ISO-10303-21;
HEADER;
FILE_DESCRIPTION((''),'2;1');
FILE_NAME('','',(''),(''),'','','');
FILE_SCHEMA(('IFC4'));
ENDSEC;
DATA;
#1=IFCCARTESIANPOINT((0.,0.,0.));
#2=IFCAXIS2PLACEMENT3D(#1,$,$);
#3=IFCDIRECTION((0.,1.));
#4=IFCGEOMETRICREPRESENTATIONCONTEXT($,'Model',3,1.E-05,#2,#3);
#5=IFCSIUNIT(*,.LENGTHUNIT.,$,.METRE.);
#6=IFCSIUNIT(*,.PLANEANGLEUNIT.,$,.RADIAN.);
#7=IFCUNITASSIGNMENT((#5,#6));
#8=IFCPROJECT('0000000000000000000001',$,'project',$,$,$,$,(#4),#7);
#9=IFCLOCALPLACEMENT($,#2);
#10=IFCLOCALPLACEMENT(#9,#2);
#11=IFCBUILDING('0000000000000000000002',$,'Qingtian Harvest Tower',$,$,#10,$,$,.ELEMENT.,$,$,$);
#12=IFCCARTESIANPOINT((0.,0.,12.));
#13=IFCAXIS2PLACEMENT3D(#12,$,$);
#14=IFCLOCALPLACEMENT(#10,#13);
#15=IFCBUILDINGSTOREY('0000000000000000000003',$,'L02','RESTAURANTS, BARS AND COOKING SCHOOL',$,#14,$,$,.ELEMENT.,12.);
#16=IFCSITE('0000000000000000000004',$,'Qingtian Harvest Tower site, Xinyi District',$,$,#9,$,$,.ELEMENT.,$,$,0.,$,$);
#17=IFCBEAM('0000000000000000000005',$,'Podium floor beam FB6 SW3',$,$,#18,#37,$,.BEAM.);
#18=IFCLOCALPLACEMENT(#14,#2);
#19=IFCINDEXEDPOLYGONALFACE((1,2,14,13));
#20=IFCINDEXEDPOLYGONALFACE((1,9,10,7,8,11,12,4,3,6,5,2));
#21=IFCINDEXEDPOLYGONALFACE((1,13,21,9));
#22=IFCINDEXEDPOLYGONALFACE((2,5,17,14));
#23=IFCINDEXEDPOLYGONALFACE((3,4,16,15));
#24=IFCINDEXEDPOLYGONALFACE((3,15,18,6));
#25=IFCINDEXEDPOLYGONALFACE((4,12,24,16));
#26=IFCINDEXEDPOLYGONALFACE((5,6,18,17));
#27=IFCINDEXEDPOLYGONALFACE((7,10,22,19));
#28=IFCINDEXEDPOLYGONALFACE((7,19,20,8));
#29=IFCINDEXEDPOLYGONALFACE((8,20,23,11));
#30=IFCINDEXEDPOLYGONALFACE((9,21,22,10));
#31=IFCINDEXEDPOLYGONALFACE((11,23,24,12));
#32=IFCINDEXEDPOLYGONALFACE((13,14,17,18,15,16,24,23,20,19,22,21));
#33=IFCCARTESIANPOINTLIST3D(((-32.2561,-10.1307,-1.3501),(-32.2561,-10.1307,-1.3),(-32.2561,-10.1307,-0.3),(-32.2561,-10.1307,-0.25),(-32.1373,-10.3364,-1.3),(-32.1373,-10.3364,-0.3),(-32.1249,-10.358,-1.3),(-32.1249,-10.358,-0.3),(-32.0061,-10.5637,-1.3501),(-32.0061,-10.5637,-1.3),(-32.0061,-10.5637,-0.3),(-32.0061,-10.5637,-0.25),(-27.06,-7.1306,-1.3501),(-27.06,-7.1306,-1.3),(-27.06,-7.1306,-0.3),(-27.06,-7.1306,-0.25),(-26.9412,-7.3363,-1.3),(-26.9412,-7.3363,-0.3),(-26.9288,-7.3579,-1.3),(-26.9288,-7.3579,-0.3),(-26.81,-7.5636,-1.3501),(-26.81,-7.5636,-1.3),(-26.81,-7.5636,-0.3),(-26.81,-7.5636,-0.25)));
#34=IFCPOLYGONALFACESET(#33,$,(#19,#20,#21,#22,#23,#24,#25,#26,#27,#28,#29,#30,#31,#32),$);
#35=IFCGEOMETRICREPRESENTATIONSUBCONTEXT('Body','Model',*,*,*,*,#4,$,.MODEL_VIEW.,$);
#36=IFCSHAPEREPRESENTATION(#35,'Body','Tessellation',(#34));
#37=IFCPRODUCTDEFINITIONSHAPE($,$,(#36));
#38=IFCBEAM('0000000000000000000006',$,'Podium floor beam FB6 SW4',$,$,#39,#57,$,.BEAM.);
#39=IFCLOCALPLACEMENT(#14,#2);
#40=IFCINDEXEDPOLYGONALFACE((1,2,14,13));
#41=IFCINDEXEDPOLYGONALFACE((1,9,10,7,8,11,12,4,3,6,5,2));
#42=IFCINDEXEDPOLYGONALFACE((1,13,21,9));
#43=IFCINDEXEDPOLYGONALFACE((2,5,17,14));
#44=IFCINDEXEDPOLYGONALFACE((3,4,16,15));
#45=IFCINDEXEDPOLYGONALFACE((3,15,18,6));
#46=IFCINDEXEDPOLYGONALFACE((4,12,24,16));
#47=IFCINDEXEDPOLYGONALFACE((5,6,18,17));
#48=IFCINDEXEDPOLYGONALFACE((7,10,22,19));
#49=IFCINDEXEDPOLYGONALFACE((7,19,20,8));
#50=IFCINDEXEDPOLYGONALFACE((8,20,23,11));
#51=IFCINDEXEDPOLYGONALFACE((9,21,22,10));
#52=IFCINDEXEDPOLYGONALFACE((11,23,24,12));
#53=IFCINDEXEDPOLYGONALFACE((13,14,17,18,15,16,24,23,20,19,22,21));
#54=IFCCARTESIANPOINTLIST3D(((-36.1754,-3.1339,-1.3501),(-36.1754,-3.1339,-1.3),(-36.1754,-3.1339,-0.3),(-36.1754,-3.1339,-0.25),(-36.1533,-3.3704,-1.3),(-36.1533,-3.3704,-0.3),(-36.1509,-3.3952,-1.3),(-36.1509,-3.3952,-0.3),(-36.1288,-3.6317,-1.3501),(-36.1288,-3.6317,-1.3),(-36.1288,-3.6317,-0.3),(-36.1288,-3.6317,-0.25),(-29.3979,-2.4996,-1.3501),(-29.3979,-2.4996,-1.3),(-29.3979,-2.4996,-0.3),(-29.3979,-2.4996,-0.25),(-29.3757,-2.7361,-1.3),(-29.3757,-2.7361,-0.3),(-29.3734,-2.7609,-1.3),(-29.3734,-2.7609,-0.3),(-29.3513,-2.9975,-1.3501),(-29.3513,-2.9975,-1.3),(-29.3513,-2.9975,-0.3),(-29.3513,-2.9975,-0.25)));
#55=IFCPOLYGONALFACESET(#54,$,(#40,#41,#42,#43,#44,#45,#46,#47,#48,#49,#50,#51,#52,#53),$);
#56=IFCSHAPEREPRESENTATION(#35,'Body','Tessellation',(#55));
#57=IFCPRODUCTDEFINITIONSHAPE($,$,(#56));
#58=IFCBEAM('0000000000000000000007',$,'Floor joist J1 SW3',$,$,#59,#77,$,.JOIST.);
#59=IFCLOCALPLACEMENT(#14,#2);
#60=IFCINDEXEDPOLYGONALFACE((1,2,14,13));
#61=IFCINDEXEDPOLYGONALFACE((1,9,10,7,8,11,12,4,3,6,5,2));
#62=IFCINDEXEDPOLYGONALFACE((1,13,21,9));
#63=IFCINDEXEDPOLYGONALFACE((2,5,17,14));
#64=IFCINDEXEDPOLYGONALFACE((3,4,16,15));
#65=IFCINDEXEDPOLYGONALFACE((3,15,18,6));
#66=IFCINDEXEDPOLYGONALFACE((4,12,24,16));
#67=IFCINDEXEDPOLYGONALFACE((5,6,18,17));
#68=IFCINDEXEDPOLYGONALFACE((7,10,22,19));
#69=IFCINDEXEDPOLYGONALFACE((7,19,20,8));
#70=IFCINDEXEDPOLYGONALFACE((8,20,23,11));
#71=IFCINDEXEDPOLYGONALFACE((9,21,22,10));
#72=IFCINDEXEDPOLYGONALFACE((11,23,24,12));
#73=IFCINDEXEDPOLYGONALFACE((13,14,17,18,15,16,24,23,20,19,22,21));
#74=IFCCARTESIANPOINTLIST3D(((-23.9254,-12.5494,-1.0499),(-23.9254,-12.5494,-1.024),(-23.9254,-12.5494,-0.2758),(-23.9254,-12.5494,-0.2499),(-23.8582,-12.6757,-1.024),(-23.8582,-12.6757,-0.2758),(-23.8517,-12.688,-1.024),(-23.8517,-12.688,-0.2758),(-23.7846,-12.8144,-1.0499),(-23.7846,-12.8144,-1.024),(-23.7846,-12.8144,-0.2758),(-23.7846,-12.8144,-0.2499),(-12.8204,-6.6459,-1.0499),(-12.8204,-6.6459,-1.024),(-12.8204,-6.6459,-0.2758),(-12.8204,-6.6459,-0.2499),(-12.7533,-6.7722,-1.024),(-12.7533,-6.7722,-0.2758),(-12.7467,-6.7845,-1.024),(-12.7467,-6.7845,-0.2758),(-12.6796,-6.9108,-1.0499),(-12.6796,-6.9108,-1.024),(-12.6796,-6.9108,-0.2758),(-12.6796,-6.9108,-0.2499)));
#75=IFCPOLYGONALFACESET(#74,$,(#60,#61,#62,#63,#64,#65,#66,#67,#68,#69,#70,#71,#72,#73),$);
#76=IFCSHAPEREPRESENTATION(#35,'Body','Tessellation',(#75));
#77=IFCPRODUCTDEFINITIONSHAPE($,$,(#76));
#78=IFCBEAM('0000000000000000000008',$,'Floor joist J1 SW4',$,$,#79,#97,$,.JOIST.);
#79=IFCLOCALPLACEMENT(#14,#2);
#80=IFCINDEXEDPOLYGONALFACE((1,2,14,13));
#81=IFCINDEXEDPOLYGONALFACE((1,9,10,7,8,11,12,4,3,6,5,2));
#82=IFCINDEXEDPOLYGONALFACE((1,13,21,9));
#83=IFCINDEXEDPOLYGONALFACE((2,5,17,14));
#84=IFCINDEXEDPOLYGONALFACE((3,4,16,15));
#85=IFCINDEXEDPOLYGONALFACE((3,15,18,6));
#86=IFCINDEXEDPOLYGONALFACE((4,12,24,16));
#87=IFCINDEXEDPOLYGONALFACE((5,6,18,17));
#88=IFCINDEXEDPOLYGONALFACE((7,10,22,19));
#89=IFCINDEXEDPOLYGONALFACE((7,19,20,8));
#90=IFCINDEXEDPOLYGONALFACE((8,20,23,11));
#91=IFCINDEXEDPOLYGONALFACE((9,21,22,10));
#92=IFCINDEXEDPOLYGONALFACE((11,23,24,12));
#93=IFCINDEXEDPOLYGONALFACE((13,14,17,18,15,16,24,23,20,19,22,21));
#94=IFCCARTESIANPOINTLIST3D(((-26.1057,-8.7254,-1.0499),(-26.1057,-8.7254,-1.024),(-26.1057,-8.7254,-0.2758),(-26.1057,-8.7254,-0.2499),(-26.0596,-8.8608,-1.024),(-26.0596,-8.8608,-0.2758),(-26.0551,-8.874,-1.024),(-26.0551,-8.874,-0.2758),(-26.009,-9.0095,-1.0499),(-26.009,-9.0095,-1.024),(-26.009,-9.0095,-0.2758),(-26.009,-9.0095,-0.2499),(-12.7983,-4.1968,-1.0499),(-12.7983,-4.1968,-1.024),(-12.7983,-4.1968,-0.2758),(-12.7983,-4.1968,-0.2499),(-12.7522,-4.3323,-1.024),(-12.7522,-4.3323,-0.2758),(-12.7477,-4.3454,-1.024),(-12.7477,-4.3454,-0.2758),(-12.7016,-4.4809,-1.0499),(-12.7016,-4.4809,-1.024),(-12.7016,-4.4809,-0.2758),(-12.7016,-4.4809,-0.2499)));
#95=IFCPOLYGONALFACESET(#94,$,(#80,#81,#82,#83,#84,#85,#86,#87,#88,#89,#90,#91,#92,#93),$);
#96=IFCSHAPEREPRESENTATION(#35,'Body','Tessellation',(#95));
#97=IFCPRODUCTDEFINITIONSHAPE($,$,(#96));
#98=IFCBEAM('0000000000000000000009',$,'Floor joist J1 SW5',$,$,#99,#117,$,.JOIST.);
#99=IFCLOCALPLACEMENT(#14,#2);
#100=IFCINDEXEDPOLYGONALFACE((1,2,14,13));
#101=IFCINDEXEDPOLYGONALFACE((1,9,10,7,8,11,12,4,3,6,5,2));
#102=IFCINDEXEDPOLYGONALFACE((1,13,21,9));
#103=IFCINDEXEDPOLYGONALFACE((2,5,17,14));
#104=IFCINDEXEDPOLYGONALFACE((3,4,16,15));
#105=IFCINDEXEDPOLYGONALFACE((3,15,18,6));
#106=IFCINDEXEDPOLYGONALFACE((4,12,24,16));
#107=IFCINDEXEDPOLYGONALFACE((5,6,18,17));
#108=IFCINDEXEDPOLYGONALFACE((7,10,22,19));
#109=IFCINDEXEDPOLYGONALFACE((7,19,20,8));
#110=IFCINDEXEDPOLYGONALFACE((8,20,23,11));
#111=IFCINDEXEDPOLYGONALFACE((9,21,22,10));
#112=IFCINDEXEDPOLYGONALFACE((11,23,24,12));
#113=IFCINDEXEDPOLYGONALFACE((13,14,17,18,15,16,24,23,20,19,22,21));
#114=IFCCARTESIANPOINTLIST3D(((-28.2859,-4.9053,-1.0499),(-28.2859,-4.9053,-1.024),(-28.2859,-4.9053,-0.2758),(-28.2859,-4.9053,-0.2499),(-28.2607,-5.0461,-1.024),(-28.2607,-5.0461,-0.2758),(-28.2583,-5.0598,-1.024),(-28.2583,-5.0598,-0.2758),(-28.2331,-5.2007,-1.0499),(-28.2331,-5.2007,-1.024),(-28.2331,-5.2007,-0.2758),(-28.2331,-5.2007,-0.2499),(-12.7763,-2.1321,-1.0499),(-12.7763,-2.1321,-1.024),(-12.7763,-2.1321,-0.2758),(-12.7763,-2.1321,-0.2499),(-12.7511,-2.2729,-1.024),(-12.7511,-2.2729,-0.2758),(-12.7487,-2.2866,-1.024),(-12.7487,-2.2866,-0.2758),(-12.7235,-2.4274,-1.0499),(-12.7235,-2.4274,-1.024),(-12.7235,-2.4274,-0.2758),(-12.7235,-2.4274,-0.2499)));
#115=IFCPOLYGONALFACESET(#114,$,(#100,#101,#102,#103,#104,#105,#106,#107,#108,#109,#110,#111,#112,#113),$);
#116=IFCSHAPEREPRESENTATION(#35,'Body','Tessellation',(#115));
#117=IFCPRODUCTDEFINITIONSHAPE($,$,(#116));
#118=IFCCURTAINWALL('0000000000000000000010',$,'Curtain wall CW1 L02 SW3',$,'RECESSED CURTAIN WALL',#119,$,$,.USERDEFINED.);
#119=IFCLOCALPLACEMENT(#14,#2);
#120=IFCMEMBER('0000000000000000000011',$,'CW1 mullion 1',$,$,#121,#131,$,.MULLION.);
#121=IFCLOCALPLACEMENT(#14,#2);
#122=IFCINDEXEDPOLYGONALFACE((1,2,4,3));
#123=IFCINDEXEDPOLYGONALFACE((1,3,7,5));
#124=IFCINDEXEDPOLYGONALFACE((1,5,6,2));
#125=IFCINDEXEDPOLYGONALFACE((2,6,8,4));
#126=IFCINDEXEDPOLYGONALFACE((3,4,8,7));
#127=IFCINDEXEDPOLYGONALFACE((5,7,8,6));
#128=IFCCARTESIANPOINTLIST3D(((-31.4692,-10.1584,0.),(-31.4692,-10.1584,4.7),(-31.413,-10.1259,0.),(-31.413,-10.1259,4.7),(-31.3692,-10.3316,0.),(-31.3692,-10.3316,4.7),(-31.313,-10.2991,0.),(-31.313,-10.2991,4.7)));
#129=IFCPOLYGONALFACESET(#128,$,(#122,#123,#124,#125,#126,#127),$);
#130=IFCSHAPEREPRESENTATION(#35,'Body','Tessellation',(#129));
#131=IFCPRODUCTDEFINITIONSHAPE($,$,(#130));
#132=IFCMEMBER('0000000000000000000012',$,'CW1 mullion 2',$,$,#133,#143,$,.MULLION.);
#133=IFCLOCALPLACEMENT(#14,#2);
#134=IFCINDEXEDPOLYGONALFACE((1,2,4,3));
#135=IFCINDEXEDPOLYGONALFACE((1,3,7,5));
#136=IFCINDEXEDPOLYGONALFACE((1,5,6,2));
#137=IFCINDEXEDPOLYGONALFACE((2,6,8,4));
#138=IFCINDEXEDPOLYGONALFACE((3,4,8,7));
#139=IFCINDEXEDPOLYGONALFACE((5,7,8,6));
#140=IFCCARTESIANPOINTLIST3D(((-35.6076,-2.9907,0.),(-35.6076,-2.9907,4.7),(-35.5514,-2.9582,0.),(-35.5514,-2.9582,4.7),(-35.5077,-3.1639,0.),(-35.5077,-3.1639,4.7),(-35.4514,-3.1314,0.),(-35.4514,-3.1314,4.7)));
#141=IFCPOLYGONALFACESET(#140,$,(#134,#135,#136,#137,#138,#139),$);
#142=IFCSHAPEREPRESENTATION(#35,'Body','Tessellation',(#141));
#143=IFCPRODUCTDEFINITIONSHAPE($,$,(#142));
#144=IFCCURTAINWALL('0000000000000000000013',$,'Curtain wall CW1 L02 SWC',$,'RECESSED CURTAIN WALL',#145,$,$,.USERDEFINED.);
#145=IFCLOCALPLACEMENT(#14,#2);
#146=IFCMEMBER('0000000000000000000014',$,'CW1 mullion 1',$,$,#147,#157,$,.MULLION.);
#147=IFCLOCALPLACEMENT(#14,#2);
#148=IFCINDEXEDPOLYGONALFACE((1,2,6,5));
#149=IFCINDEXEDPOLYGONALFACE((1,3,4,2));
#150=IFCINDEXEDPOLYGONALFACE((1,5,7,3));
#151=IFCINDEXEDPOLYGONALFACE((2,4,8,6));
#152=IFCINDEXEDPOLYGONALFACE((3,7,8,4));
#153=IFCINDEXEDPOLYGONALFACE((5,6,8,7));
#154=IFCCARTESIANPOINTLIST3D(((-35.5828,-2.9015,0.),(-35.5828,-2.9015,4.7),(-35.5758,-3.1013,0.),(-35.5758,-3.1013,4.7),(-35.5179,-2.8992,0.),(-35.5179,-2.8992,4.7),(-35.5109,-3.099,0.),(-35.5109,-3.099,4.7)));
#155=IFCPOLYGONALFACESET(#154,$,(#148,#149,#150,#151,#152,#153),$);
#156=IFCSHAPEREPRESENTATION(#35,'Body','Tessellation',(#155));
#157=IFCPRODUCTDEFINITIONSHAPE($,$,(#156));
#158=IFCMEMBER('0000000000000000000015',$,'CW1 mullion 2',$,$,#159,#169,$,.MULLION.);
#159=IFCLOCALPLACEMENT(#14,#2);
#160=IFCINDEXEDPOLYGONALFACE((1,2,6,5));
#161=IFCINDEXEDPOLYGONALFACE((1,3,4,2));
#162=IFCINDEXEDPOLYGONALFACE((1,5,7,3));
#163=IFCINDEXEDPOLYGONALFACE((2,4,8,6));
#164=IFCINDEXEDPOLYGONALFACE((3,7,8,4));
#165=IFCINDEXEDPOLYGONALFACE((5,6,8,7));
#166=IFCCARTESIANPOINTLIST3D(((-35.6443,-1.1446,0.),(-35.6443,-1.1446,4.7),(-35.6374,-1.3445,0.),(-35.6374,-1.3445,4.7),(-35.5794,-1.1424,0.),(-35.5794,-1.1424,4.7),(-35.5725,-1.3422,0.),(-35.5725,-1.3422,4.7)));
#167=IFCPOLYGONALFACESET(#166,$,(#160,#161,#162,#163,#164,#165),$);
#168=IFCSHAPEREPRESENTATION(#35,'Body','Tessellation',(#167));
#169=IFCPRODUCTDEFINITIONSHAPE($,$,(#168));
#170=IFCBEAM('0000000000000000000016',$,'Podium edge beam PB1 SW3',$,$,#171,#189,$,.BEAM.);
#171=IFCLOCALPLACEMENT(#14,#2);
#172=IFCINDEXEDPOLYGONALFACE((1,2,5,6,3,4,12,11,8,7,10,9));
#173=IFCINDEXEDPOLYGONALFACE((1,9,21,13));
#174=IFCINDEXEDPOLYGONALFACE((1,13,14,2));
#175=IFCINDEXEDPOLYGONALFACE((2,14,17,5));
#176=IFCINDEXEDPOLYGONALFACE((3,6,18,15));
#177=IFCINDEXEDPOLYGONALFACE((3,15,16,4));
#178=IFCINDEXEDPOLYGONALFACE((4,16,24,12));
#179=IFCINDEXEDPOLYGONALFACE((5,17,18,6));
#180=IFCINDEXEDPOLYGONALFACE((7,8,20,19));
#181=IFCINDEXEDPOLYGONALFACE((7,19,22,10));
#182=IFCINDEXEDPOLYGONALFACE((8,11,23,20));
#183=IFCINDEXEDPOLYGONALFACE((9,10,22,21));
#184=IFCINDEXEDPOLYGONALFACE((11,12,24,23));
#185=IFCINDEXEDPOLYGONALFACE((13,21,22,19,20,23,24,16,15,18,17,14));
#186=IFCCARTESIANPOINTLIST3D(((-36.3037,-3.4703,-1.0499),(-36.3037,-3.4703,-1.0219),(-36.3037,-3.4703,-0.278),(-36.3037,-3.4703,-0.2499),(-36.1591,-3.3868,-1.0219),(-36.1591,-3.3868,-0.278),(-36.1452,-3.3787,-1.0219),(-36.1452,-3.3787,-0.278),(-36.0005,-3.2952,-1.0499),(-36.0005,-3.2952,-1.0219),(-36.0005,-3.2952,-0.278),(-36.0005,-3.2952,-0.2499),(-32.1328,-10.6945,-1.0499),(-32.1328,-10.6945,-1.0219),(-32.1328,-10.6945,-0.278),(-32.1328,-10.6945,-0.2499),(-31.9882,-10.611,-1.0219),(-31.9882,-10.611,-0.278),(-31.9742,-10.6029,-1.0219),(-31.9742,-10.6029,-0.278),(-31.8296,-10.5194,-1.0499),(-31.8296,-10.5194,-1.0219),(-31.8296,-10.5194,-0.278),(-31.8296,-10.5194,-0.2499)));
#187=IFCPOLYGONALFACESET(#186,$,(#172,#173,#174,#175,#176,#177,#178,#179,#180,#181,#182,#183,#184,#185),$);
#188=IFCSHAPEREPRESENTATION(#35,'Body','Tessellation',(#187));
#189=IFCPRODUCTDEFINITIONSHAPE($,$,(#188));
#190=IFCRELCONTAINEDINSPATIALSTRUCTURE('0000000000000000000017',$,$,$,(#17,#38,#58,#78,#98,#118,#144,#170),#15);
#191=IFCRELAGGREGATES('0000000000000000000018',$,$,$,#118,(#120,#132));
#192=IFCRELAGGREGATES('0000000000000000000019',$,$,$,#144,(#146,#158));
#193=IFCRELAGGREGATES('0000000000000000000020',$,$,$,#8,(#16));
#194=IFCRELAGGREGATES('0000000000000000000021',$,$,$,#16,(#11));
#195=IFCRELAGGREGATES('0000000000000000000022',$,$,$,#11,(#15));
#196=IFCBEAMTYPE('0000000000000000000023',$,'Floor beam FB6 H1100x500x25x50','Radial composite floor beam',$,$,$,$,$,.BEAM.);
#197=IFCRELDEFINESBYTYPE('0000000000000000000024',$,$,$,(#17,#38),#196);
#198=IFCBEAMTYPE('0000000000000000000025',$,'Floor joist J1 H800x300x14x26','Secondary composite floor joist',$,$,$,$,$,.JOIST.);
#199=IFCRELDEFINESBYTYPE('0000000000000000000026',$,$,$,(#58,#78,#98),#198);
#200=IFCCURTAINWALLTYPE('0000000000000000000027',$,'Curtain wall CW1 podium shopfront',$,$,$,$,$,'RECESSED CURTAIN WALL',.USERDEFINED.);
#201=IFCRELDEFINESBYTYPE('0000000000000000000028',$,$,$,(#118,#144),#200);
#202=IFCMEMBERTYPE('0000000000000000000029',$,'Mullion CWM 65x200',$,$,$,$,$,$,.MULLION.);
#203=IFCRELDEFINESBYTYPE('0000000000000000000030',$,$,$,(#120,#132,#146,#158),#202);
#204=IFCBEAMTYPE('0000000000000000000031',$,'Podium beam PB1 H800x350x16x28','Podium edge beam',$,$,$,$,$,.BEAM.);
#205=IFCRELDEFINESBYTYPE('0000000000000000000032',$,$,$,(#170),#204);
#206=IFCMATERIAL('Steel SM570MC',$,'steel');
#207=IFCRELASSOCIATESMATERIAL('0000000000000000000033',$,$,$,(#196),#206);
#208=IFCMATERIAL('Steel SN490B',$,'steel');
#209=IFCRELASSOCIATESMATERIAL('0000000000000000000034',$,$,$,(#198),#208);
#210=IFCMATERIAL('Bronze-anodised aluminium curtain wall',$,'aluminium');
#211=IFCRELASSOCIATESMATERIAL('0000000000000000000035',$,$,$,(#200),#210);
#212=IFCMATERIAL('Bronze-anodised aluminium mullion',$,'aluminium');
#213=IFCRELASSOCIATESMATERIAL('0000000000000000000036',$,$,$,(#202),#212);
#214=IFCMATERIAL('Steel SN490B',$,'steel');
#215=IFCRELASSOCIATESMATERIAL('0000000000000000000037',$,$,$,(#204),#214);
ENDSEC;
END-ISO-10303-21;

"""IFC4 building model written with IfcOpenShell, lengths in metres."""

from ifc_helpers import new_model, si_unit, direction, frame, origin, origin_2d, place, context, subcontext, project, spatial, rectangle, i_section, extrude, material, material_profile, profile_set, type_object, element, aggregate, save


model = new_model("IFC4")

# Units and contexts
model_context = context("Model", 3, precision=1e-05, world=origin(), true_north=direction((0.0, 1.0)))
body_context = subcontext(model_context, "Body", "Model", "MODEL_VIEW")
ifc_project = project(units=[si_unit("LENGTHUNIT", "METRE"), si_unit("PLANEANGLEUNIT", "RADIAN")], contexts=[model_context])

# Site, building, storey
site_placement = place(None, origin())
site = spatial("IfcSite", under=ifc_project, at=site_placement, Name="Qingtian Harvest Tower site, Xinyi District", CompositionType="ELEMENT", RefElevation=0.0)
building_placement = place(site_placement, origin())
building = spatial("IfcBuilding", under=site, at=building_placement, Name="Qingtian Harvest Tower", CompositionType="ELEMENT")
storey_placement = place(building_placement, frame((0.0, 0.0, 12.0)))
storey = spatial("IfcBuildingStorey", under=building, at=storey_placement, Name="L02", Description="RESTAURANTS, BARS AND COOKING SCHOOL", CompositionType="ELEMENT", Elevation=12.0)

# Beams
ifc_material_1 = material(Name="Steel SM570MC", Category="steel")
ifc_material_profile_1 = material_profile(ifc_material_1, i_section(OverallWidth=0.5, OverallDepth=1.1001, WebThickness=0.0249, FlangeThickness=0.05, at=origin_2d()), Name="H1100x500x25x50")
ifc_profile_set_1 = profile_set([ifc_material_profile_1], Name="Steel SM570MC")
beam_type_1 = type_object("IfcBeamType", Name="Floor beam FB6 H1100x500x25x50", Description="Radial composite floor beam", PredefinedType="BEAM", material=ifc_profile_set_1)
beam_1_placement = place(storey_placement, frame((-32.1311, -10.3472, -0.8), z_axis=(0.866021, 0.500008, 0.0), x_axis=(-0.500008, 0.866021, 0.0)))
element("IfcBeam", 1, at=beam_1_placement, inside=storey, type_object=beam_type_1, Name="Podium floor beam FB6 SW3", PredefinedType="BEAM", context=body_context, shape_type="SweptSolid", body=[
    extrude(i_section(OverallWidth=0.5, OverallDepth=1.1001, WebThickness=0.0249, FlangeThickness=0.05, at=origin_2d()), origin(), (0.0, 0.0, 1.0), 6.0),
])
beam_2_placement = place(storey_placement, frame((-36.1521, -3.3828, -0.8), z_axis=(0.99565, 0.093177, 0.0), x_axis=(-0.093177, 0.99565, 0.0)))
element("IfcBeam", 2, at=beam_2_placement, inside=storey, type_object=beam_type_1, Name="Podium floor beam FB6 SW4", PredefinedType="BEAM", context=body_context, shape_type="SweptSolid", body=[
    extrude(i_section(OverallWidth=0.5, OverallDepth=1.1001, WebThickness=0.0249, FlangeThickness=0.05, at=origin_2d()), origin(), (0.0, 0.0, 1.0), 6.8071),
])
ifc_material_2 = material(Name="Steel SN490B", Category="steel")
ifc_material_profile_2 = material_profile(ifc_material_2, i_section(OverallWidth=0.3, OverallDepth=0.8, WebThickness=0.0139, FlangeThickness=0.0259, at=origin_2d()), Name="H800x300x14x26")
ifc_profile_set_2 = profile_set([ifc_material_profile_2], Name="Steel SN490B")
beam_type_2 = type_object("IfcBeamType", Name="Floor joist J1 H800x300x14x26", Description="Secondary composite floor joist", PredefinedType="JOIST", material=ifc_profile_set_2)
beam_3_placement = place(storey_placement, frame((-23.855, -12.6819, -0.6499), z_axis=(0.882982, 0.469406, 0.0), x_axis=(-0.469406, 0.882982, 0.0)))
element("IfcBeam", 3, at=beam_3_placement, inside=storey, type_object=beam_type_2, Name="Floor joist J1 SW3", PredefinedType="JOIST", context=body_context, shape_type="SweptSolid", body=[
    extrude(i_section(OverallWidth=0.3, OverallDepth=0.8, WebThickness=0.0139, FlangeThickness=0.0259, at=origin_2d()), origin(), (0.0, 0.0, 1.0), 12.5767),
])
beam_4_placement = place(storey_placement, frame((-26.0574, -8.8674, -0.6499), z_axis=(0.946685, 0.322161, 0.0), x_axis=(-0.322161, 0.946685, 0.0)))
element("IfcBeam", 4, at=beam_4_placement, inside=storey, type_object=beam_type_2, Name="Floor joist J1 SW4", PredefinedType="JOIST", context=body_context, shape_type="SweptSolid", body=[
    extrude(i_section(OverallWidth=0.3, OverallDepth=0.8, WebThickness=0.0139, FlangeThickness=0.0259, at=origin_2d()), origin(), (0.0, 0.0, 1.0), 14.0569),
])
beam_5_placement = place(storey_placement, frame((-28.2595, -5.053, -0.6499), z_axis=(0.984388, 0.176014, 0.0), x_axis=(-0.176014, 0.984388, 0.0)))
element("IfcBeam", 5, at=beam_5_placement, inside=storey, type_object=beam_type_2, Name="Floor joist J1 SW5", PredefinedType="JOIST", context=body_context, shape_type="SweptSolid", body=[
    extrude(i_section(OverallWidth=0.3, OverallDepth=0.8, WebThickness=0.0139, FlangeThickness=0.0259, at=origin_2d()), origin(), (0.0, 0.0, 1.0), 15.7556),
])

# Curtain walls, members
ifc_material_3 = material(Name="Bronze-anodised aluminium curtain wall", Category="aluminium")
curtain_wall_type = type_object("IfcCurtainWallType", Name="Curtain wall CW1 podium shopfront", ElementType="RECESSED CURTAIN WALL", PredefinedType="USERDEFINED", material=ifc_material_3)
curtain_wall_1_placement = place(storey_placement, origin())
curtain_wall_1 = element("IfcCurtainWall", 6, at=curtain_wall_1_placement, inside=storey, type_object=curtain_wall_type, Name="Curtain wall CW1 L02 SW3", ObjectType="RECESSED CURTAIN WALL", PredefinedType="USERDEFINED")
ifc_material_4 = material(Name="Bronze-anodised aluminium mullion", Category="aluminium")
ifc_material_profile_3 = material_profile(ifc_material_4, rectangle(XDim=0.0649, YDim=0.2, at=origin_2d()), Name="AL 65x200")
ifc_profile_set_3 = profile_set([ifc_material_profile_3], Name="Bronze-anodised aluminium mullion")
member_type_1 = type_object("IfcMemberType", Name="Mullion CWM 65x200", PredefinedType="MULLION", material=ifc_profile_set_3)
member_1_placement = place(storey_placement, frame((-31.3911, -10.2288, 0.0), z_axis=(0.0, 0.0, 1.0), x_axis=(-0.866025, -0.5, 0.0)))
member_1 = element("IfcMember", 7, at=member_1_placement, type_object=member_type_1, Name="CW1 mullion 1", PredefinedType="MULLION", context=body_context, shape_type="SweptSolid", body=[
    extrude(rectangle(XDim=0.0649, YDim=0.2, at=origin_2d()), origin(), (0.0, 0.0, 1.0), 4.7),
])
member_2_placement = place(storey_placement, frame((-35.5295, -3.061, 0.0), z_axis=(0.0, 0.0, 1.0), x_axis=(-0.866025, -0.5, 0.0)))
member_2 = element("IfcMember", 8, at=member_2_placement, type_object=member_type_1, Name="CW1 mullion 2", PredefinedType="MULLION", context=body_context, shape_type="SweptSolid", body=[
    extrude(rectangle(XDim=0.0649, YDim=0.2, at=origin_2d()), origin(), (0.0, 0.0, 1.0), 4.7),
])
curtain_wall_2_placement = place(storey_placement, origin())
curtain_wall_2 = element("IfcCurtainWall", 9, at=curtain_wall_2_placement, inside=storey, type_object=curtain_wall_type, Name="Curtain wall CW1 L02 SWC", ObjectType="RECESSED CURTAIN WALL", PredefinedType="USERDEFINED")
member_3_placement = place(storey_placement, frame((-35.5469, -3.0002, 0.0), z_axis=(0.0, 0.0, 1.0), x_axis=(-0.999391, -0.034899, 0.0)))
member_3 = element("IfcMember", 10, at=member_3_placement, type_object=member_type_1, Name="CW1 mullion 1", PredefinedType="MULLION", context=body_context, shape_type="SweptSolid", body=[
    extrude(rectangle(XDim=0.0649, YDim=0.2, at=origin_2d()), origin(), (0.0, 0.0, 1.0), 4.7),
])
member_4_placement = place(storey_placement, frame((-35.6084, -1.2434, 0.0), z_axis=(0.0, 0.0, 1.0), x_axis=(-0.999391, -0.034899, 0.0)))
member_4 = element("IfcMember", 11, at=member_4_placement, type_object=member_type_1, Name="CW1 mullion 2", PredefinedType="MULLION", context=body_context, shape_type="SweptSolid", body=[
    extrude(rectangle(XDim=0.0649, YDim=0.2, at=origin_2d()), origin(), (0.0, 0.0, 1.0), 4.7),
])

# Beam
ifc_material_5 = material(Name="Steel SN490B", Category="steel")
ifc_material_profile_4 = material_profile(ifc_material_5, i_section(OverallWidth=0.3501, OverallDepth=0.8, WebThickness=0.0161, FlangeThickness=0.0281, at=origin_2d()), Name="H800x350x16x28")
ifc_profile_set_4 = profile_set([ifc_material_profile_4], Name="Steel SN490B")
beam_type_3 = type_object("IfcBeamType", Name="Podium beam PB1 H800x350x16x28", Description="Podium edge beam", PredefinedType="BEAM", material=ifc_profile_set_4)
beam_6_placement = place(storey_placement, frame((-31.9812, -10.6069, -0.6499), z_axis=(-0.500005, 0.866023, 0.0), x_axis=(-0.866023, -0.500005, 0.0)))
element("IfcBeam", 12, at=beam_6_placement, inside=storey, type_object=beam_type_3, Name="Podium edge beam PB1 SW3", PredefinedType="BEAM", context=body_context, shape_type="SweptSolid", body=[
    extrude(i_section(OverallWidth=0.3501, OverallDepth=0.8, WebThickness=0.0161, FlangeThickness=0.0281, at=origin_2d()), origin(), (0.0, 0.0, 1.0), 8.3418),
])

aggregate(curtain_wall_1, [member_1, member_2])
aggregate(curtain_wall_2, [member_3, member_4])

save(model, "model.ifc")
